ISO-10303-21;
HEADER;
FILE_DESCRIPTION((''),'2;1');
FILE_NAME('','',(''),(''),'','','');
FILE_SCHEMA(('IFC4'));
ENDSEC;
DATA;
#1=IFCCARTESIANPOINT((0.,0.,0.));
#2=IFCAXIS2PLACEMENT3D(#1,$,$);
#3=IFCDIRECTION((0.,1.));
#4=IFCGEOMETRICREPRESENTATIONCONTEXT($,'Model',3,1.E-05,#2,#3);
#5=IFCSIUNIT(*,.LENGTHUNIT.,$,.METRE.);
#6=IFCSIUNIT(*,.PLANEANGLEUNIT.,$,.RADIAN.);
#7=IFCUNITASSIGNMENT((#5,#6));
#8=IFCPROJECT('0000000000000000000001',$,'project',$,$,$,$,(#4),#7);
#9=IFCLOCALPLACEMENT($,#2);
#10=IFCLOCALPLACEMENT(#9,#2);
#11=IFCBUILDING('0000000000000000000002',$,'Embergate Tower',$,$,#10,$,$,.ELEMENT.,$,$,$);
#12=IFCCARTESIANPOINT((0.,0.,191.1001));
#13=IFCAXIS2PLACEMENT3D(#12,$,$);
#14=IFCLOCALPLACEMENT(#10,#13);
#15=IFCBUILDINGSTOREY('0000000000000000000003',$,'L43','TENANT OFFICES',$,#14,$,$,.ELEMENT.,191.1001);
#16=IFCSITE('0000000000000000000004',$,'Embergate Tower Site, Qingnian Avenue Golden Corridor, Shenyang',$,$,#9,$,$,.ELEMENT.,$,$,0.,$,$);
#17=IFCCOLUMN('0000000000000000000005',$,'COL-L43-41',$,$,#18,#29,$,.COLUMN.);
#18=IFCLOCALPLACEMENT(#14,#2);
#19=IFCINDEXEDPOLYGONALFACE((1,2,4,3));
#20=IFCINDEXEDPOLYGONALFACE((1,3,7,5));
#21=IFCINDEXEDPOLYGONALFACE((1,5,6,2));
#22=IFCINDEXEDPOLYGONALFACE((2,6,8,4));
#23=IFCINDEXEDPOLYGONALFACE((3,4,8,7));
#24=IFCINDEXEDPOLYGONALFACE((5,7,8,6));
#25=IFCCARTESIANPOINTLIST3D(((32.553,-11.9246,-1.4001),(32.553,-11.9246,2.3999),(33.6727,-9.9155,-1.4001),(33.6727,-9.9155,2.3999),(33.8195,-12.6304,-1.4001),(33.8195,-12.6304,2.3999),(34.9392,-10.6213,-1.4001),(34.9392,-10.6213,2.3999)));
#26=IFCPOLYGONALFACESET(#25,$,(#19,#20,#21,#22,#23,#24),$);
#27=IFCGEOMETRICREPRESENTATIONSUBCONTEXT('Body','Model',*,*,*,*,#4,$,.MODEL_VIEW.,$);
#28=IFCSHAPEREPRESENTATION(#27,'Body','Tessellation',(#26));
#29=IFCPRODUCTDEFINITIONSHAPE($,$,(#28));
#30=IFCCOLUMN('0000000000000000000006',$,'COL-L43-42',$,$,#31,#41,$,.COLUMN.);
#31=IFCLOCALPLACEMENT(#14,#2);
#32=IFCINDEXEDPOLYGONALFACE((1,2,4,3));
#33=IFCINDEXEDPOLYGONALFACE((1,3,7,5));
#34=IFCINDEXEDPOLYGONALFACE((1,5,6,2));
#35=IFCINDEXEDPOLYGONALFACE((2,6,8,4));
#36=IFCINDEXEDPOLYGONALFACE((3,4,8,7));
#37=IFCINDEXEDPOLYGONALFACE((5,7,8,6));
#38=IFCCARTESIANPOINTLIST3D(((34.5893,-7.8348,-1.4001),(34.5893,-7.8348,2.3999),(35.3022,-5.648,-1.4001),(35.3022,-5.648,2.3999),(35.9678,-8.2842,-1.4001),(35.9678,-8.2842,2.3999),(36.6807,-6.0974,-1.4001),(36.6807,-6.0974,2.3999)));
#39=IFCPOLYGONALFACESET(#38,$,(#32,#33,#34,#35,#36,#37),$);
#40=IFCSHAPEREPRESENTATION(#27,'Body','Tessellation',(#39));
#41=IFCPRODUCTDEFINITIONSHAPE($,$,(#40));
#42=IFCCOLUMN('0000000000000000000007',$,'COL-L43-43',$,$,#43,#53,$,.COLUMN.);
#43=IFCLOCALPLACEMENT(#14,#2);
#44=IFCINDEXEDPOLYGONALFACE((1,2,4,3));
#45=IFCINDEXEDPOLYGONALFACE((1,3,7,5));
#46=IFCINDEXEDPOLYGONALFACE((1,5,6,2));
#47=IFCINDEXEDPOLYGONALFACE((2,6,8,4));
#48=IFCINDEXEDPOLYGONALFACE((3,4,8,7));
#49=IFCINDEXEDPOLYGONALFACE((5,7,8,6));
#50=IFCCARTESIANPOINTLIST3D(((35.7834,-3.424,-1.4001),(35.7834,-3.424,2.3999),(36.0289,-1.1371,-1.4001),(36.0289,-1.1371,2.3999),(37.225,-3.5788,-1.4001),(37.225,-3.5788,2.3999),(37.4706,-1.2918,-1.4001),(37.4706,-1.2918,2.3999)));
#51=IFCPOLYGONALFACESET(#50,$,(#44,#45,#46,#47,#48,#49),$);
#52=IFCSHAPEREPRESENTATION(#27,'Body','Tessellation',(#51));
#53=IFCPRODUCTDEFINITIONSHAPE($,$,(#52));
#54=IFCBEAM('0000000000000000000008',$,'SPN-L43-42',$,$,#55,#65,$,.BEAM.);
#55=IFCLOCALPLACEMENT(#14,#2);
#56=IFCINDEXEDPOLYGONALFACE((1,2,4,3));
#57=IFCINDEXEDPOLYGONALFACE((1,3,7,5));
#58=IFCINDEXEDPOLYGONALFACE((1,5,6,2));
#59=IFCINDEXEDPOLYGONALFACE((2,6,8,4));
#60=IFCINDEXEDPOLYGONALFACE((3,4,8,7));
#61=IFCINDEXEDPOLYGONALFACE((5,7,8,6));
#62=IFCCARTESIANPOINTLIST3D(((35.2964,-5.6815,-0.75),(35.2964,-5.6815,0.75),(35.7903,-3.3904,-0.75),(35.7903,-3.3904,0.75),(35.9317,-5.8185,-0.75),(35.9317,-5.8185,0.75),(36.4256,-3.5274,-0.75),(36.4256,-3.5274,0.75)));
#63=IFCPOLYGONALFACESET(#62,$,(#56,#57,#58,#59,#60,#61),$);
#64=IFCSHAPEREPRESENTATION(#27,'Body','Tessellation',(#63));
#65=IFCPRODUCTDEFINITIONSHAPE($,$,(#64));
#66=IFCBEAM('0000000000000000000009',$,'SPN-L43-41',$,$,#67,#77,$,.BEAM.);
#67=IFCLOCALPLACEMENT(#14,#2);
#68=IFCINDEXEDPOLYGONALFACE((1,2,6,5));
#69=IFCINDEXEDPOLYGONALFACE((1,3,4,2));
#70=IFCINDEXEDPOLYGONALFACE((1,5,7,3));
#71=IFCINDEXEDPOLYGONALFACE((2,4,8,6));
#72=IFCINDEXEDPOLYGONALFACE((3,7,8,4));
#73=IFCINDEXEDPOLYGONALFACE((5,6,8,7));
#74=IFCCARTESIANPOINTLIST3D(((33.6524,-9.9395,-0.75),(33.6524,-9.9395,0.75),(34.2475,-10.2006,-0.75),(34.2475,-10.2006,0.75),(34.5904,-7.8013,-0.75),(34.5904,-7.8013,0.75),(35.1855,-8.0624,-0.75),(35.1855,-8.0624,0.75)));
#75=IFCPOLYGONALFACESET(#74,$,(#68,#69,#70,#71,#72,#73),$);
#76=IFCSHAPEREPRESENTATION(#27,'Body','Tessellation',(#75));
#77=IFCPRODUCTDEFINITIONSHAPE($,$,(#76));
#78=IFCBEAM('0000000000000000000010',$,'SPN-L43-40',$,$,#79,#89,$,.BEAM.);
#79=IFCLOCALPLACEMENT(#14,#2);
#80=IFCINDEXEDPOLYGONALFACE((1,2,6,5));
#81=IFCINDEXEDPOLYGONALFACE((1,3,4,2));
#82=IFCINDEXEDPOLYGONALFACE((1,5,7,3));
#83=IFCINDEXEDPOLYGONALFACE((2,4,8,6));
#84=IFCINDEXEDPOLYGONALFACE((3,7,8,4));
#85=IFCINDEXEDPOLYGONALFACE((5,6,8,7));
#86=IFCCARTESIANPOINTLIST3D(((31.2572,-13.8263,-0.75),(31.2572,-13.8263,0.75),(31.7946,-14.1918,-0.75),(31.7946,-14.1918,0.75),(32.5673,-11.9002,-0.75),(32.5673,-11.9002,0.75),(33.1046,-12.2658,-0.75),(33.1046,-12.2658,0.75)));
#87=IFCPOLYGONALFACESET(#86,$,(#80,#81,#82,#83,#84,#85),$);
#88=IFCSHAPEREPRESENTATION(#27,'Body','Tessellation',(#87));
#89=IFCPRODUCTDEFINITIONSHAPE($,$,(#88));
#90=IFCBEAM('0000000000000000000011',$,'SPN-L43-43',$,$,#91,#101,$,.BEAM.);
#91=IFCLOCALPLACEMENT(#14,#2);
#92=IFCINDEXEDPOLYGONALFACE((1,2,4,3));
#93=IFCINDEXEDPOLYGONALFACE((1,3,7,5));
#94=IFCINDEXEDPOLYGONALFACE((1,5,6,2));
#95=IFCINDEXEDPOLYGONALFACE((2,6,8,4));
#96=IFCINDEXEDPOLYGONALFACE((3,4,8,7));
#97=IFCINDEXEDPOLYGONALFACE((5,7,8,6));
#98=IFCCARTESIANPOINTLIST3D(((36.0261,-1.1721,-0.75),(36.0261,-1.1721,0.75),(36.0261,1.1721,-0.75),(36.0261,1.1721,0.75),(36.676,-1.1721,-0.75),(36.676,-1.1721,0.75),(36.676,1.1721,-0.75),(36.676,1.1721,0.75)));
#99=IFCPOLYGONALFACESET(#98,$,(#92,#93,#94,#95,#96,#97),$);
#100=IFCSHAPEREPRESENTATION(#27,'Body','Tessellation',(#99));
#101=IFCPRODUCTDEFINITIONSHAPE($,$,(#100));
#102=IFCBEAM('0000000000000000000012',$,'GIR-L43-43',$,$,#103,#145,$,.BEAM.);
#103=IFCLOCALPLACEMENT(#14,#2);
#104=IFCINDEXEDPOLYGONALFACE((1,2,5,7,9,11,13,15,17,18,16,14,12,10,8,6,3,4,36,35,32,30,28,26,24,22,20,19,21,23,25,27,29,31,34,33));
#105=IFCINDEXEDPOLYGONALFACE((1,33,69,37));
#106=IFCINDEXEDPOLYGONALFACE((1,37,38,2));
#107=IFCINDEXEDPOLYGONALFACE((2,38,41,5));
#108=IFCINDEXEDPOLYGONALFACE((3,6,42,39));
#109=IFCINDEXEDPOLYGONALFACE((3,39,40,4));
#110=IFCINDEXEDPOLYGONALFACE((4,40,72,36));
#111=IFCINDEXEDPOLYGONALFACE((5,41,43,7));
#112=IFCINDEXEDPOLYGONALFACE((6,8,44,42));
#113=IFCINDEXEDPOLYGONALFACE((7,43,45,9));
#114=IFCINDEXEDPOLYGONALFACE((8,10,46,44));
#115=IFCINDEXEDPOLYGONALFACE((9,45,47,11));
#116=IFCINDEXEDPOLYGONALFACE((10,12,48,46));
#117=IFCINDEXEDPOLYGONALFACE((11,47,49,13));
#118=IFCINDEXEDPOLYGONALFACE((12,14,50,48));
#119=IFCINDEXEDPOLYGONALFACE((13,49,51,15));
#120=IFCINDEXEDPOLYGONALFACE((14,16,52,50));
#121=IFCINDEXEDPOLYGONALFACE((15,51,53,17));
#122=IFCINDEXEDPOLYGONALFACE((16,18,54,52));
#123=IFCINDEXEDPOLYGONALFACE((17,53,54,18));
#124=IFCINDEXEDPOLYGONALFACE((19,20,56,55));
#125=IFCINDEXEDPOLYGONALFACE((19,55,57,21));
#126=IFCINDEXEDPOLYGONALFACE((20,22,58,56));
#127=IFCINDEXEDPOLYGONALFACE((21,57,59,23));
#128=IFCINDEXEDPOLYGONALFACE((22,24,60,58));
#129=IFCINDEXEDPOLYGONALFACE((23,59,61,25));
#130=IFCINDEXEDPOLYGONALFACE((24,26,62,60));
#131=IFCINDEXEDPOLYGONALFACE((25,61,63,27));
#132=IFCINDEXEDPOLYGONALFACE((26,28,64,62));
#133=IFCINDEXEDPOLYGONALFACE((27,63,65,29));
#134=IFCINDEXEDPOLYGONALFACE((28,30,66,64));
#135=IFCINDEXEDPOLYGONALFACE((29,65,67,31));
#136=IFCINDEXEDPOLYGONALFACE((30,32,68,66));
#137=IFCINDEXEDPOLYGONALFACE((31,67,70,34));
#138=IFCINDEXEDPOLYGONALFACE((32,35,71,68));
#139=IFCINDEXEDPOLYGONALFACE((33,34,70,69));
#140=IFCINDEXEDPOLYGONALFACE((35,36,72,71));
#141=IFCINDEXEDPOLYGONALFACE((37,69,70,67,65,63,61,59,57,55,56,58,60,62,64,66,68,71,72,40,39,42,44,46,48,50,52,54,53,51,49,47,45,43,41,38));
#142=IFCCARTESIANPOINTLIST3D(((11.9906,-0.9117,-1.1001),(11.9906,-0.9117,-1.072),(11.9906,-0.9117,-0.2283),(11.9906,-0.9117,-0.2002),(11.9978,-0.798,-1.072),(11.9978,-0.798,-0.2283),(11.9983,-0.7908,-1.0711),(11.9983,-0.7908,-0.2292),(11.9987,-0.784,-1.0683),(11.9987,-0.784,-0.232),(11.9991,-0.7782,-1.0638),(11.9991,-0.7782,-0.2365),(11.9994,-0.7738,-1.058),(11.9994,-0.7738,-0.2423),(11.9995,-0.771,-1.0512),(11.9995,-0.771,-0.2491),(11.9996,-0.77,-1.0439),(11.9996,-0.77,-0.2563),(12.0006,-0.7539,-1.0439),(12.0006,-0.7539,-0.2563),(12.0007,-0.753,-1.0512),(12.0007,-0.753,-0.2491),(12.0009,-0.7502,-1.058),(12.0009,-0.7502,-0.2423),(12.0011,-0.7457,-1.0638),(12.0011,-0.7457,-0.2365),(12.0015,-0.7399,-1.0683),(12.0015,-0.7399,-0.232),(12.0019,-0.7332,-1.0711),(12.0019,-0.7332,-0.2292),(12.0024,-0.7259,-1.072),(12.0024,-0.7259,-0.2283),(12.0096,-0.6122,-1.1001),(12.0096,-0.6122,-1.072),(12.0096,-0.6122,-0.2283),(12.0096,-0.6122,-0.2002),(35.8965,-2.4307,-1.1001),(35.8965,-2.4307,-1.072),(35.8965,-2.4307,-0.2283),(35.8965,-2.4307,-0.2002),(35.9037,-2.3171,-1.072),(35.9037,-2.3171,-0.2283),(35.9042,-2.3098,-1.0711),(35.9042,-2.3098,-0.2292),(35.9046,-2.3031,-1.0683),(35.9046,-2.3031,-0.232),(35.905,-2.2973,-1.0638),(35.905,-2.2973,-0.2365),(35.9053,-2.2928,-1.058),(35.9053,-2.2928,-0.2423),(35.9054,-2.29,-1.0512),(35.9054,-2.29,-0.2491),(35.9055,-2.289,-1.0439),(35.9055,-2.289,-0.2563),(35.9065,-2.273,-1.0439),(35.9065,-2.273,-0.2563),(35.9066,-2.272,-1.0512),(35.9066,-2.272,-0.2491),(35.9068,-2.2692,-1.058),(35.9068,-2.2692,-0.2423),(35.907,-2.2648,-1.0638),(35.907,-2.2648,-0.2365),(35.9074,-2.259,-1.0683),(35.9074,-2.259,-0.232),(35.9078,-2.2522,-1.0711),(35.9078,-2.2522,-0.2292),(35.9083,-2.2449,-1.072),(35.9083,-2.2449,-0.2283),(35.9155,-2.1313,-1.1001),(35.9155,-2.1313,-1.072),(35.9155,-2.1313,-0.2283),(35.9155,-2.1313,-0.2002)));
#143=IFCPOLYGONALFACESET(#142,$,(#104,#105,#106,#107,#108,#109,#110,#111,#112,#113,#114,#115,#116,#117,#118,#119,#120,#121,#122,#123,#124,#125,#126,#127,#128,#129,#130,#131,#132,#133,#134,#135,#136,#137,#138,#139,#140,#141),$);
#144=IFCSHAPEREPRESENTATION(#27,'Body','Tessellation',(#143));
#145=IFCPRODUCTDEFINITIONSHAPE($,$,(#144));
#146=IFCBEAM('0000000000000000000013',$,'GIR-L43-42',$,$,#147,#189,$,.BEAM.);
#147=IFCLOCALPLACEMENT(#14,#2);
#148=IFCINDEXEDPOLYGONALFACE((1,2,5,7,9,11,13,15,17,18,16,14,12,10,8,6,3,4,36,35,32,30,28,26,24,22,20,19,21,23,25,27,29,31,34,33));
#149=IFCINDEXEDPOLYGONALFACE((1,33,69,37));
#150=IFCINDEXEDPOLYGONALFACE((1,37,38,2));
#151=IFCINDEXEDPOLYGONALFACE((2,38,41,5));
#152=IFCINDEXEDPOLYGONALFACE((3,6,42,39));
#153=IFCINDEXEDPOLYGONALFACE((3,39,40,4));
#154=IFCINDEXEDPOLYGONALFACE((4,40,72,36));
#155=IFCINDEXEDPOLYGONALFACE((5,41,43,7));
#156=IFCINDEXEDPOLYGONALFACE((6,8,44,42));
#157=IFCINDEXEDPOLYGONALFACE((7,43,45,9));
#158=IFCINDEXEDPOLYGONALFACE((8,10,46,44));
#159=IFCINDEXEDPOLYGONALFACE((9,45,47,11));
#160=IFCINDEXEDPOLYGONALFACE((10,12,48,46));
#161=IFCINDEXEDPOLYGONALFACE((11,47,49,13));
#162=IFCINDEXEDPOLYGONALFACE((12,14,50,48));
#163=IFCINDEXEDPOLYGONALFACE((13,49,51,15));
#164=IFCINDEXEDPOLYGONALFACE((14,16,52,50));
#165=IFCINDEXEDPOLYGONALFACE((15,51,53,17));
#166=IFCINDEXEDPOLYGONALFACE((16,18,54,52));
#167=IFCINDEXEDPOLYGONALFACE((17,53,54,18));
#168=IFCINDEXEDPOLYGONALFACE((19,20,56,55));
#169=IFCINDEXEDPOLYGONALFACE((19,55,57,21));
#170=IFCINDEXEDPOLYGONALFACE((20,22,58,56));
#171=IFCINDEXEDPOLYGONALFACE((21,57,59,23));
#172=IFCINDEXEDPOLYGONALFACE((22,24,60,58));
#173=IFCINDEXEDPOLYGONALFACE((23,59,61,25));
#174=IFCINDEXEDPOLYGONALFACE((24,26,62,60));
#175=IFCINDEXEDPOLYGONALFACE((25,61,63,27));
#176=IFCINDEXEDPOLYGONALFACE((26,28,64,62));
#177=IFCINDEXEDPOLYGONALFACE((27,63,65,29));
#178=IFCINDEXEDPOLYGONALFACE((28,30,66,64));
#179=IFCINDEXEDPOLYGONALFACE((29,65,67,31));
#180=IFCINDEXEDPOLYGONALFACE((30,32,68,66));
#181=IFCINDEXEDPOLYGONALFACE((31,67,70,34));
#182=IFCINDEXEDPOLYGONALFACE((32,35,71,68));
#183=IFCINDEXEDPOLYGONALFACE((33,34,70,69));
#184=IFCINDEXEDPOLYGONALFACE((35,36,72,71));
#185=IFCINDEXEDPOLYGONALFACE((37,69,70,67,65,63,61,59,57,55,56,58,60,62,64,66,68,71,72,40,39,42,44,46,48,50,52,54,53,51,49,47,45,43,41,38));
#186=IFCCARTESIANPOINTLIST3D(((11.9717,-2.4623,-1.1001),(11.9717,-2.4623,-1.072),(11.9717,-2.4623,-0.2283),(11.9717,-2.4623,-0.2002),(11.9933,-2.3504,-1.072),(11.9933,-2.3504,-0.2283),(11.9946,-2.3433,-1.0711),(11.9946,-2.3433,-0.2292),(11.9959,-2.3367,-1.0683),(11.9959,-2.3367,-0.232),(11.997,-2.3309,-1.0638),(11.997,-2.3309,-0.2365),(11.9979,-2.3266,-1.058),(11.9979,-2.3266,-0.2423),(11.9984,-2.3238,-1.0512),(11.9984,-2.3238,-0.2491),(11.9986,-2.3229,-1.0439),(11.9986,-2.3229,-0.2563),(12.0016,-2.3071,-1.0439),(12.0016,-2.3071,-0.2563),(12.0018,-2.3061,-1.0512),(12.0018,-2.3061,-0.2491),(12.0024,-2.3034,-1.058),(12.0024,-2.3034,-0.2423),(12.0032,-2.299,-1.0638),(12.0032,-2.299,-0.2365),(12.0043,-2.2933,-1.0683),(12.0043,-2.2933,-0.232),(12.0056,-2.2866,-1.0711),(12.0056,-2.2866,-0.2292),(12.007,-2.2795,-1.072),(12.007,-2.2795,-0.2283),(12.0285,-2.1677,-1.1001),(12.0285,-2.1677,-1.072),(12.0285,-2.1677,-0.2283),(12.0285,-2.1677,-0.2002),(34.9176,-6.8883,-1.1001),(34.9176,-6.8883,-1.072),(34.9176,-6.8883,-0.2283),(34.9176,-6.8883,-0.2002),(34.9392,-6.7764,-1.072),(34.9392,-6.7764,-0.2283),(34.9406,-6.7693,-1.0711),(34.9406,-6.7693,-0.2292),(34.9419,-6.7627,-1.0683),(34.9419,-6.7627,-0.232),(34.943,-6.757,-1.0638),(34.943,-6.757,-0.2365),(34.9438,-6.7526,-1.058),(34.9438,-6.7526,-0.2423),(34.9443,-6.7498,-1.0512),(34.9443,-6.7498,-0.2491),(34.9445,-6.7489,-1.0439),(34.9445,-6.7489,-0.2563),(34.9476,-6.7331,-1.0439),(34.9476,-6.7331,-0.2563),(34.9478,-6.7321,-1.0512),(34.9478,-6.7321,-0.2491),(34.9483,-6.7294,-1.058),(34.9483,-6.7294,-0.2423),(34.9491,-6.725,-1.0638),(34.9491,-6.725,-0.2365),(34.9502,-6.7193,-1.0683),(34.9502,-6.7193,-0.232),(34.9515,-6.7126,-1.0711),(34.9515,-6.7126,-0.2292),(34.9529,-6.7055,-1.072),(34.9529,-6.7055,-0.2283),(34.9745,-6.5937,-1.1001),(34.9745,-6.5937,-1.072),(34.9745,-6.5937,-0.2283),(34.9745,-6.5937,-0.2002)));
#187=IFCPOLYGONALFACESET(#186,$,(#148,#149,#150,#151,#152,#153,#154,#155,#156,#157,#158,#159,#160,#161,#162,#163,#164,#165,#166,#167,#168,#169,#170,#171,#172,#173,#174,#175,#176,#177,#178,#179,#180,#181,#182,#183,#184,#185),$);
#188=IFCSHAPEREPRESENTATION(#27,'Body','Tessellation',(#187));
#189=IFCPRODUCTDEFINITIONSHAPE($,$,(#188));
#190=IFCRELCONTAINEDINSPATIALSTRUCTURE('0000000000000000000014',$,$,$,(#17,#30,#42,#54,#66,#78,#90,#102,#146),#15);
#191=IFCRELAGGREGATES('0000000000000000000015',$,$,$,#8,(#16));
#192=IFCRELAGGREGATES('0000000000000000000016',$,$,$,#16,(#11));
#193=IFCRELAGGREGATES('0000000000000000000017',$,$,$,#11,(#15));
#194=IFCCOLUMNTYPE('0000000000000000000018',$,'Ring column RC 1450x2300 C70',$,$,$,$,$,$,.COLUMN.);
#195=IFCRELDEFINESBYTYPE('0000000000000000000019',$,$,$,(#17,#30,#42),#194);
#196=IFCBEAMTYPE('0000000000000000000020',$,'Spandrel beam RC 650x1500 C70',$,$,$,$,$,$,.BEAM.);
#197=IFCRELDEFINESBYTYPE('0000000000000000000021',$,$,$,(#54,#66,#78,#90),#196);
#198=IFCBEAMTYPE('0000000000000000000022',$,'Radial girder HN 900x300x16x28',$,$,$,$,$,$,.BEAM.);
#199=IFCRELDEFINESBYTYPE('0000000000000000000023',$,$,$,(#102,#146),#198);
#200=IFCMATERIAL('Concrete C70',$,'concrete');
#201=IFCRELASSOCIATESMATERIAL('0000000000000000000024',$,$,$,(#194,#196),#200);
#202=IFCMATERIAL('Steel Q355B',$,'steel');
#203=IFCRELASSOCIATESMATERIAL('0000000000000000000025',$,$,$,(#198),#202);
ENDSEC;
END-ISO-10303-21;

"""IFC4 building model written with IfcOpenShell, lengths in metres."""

from ifc_helpers import new_model, si_unit, direction, frame, origin, origin_2d, place, context, subcontext, project, spatial, rectangle, i_section, extrude, source, transform, mapped, material, material_profile, profile_set, type_object, element, save


model = new_model("IFC4")

# Units and contexts
model_context = context("Model", 3, precision=1e-05, world=origin(), true_north=direction((0.0, 1.0)))
body_context = subcontext(model_context, "Body", "Model", "MODEL_VIEW")
ifc_project = project(units=[si_unit("LENGTHUNIT", "METRE"), si_unit("PLANEANGLEUNIT", "RADIAN")], contexts=[model_context])

# Site, building, storey
site_placement = place(None, origin())
site = spatial("IfcSite", under=ifc_project, at=site_placement, Name="Embergate Tower Site, Qingnian Avenue Golden Corridor, Shenyang", CompositionType="ELEMENT", RefElevation=0.0)
building_placement = place(site_placement, origin())
building = spatial("IfcBuilding", under=site, at=building_placement, Name="Embergate Tower", CompositionType="ELEMENT")
storey_placement = place(building_placement, frame((0.0, 0.0, 191.1001)))
storey = spatial("IfcBuildingStorey", under=building, at=storey_placement, Name="L43", Description="TENANT OFFICES", CompositionType="ELEMENT", Elevation=191.1001)

# Columns
ifc_material_1 = material(Name="Concrete C70", Category="concrete")
ifc_material_profile_1 = material_profile(ifc_material_1, rectangle(XDim=1.45, YDim=2.3, at=origin_2d()), Name="RC 1450x2300")
ifc_profile_set_1 = profile_set([ifc_material_profile_1], Name="Concrete C70")
column_type = type_object("IfcColumnType", Name="Ring column RC 1450x2300 C70", PredefinedType="COLUMN", material=ifc_profile_set_1)
shared_shape_1 = source(origin(), body_context, "Body", "SweptSolid", [
    extrude(rectangle(XDim=1.45, YDim=2.3, at=origin_2d()), origin(), (0.0, 0.0, 1.0), 3.8),
])
for number, where, z_axis, x_axis, name in (
    (1, (33.7461, -11.2729, -1.4001), (0.0, 0.0, 1.0), (0.8735, -0.486823, 0.0), "COL-L43-41"),
    (2, (35.635, -6.9661, -1.4001), (0.0, 0.0, 1.0), (0.950754, -0.309946, 0.0), "COL-L43-42"),
    (3, (36.627, -2.3579, -1.4001), (0.0, 0.0, 1.0), (0.994286, -0.10675, 0.0), "COL-L43-43"),
):
    element("IfcColumn", number, at=place(storey_placement, frame(where, z_axis=z_axis, x_axis=x_axis)), inside=storey, type_object=column_type, Name=name, PredefinedType="COLUMN", context=body_context, shape_type="MappedRepresentation", body=[
        mapped(shared_shape_1, transform((0.0, 0.0, 0.0))),
    ])

# Beams
ifc_material_profile_2 = material_profile(ifc_material_1, rectangle(XDim=0.6499, YDim=1.5, at=origin_2d()), Name="RC 650x1500")
ifc_profile_set_2 = profile_set([ifc_material_profile_2], Name="Concrete C70")
beam_type_1 = type_object("IfcBeamType", Name="Spandrel beam RC 650x1500 C70", PredefinedType="BEAM", material=ifc_profile_set_2)
shared_shape_2 = source(origin(), body_context, "Body", "SweptSolid", [
    extrude(rectangle(XDim=0.6499, YDim=1.5, at=origin_2d()), origin(), (0.0, 0.0, 1.0), 2.3438),
])
beam_1_placement = place(storey_placement, frame((35.614, -5.75, 0.0), z_axis=(0.210738, 0.977543, 0.0), x_axis=(-0.977543, 0.210738, 0.0)))
element("IfcBeam", 4, at=beam_1_placement, inside=storey, type_object=beam_type_1, Name="SPN-L43-42", PredefinedType="BEAM", context=body_context, shape_type="MappedRepresentation", body=[
    mapped(shared_shape_2, transform((0.0, 0.0, 0.0))),
])
shared_shape_3 = source(origin(), body_context, "Body", "SweptSolid", [
    extrude(rectangle(XDim=0.6499, YDim=1.5, at=origin_2d()), origin(), (0.0, 0.0, 1.0), 2.335),
])
beam_2_placement = place(storey_placement, frame((33.95, -10.0701, 0.0), z_axis=(0.401729, 0.915759, 0.0), x_axis=(-0.915759, 0.401729, 0.0)))
element("IfcBeam", 5, at=beam_2_placement, inside=storey, type_object=beam_type_1, Name="SPN-L43-41", PredefinedType="BEAM", context=body_context, shape_type="MappedRepresentation", body=[
    mapped(shared_shape_3, transform((0.0, 0.0, 0.0))),
])
shared_shape_4 = source(origin(), body_context, "Body", "SweptSolid", [
    extrude(rectangle(XDim=0.6499, YDim=1.5, at=origin_2d()), origin(), (0.0, 0.0, 1.0), 2.3293),
])
beam_3_placement = place(storey_placement, frame((31.5259, -14.009, 0.0), z_axis=(0.562416, 0.826854, 0.0), x_axis=(-0.826854, 0.562416, 0.0)))
element("IfcBeam", 6, at=beam_3_placement, inside=storey, type_object=beam_type_1, Name="SPN-L43-40", PredefinedType="BEAM", context=body_context, shape_type="MappedRepresentation", body=[
    mapped(shared_shape_4, transform((0.0, 0.0, 0.0))),
])
shared_shape_5 = source(origin(), body_context, "Body", "SweptSolid", [
    extrude(rectangle(XDim=0.6499, YDim=1.5, at=origin_2d()), origin(), (0.0, 0.0, 1.0), 2.3442),
])
beam_4_placement = place(storey_placement, frame((36.3511, -1.1721, 0.0), z_axis=(0.0, 1.0, 0.0), x_axis=(-1.0, 0.0, 0.0)))
element("IfcBeam", 7, at=beam_4_placement, inside=storey, type_object=beam_type_1, Name="SPN-L43-43", PredefinedType="BEAM", context=body_context, shape_type="MappedRepresentation", body=[
    mapped(shared_shape_5, transform((0.0, 0.0, 0.0))),
])
ifc_material_2 = material(Name="Steel Q355B", Category="steel")
ifc_material_profile_3 = material_profile(ifc_material_2, i_section(OverallWidth=0.3, OverallDepth=0.8999, WebThickness=0.0161, FlangeThickness=0.0281, FilletRadius=0.0281, at=origin_2d()), Name="HN 900x300x16x28")
ifc_profile_set_3 = profile_set([ifc_material_profile_3], Name="Steel Q355 grade B")
beam_type_2 = type_object("IfcBeamType", Name="Radial girder HN 900x300x16x28", PredefinedType="BEAM", material=ifc_profile_set_3)
shared_shape_6 = source(origin(), body_context, "Body", "SweptSolid", [
    extrude(i_section(OverallWidth=0.3, OverallDepth=0.8999, WebThickness=0.0161, FlangeThickness=0.0281, FilletRadius=0.0281, at=origin_2d()), origin(), (0.0, 0.0, 1.0), 23.9541),
])
beam_5_placement = place(storey_placement, frame((35.906, -2.281, -0.6501), z_axis=(-0.997987, 0.063414, 0.0), x_axis=(-0.063414, -0.997987, 0.0)))
element("IfcBeam", 8, at=beam_5_placement, inside=storey, type_object=beam_type_2, Name="GIR-L43-43", PredefinedType="BEAM", context=body_context, shape_type="MappedRepresentation", body=[
    mapped(shared_shape_6, transform((0.0, 0.0, 0.0))),
])
shared_shape_7 = source(origin(), body_context, "Body", "SweptSolid", [
    extrude(i_section(OverallWidth=0.3, OverallDepth=0.8999, WebThickness=0.0161, FlangeThickness=0.0281, FilletRadius=0.0281, at=origin_2d()), origin(), (0.0, 0.0, 1.0), 23.3689),
])
beam_6_placement = place(storey_placement, frame((34.946, -6.741, -0.6501), z_axis=(-0.981901, 0.189397, 0.0), x_axis=(-0.189397, -0.981901, 0.0)))
element("IfcBeam", 9, at=beam_6_placement, inside=storey, type_object=beam_type_2, Name="GIR-L43-42", PredefinedType="BEAM", context=body_context, shape_type="MappedRepresentation", body=[
    mapped(shared_shape_7, transform((0.0, 0.0, 0.0))),
])

save(model, "model.ifc")
